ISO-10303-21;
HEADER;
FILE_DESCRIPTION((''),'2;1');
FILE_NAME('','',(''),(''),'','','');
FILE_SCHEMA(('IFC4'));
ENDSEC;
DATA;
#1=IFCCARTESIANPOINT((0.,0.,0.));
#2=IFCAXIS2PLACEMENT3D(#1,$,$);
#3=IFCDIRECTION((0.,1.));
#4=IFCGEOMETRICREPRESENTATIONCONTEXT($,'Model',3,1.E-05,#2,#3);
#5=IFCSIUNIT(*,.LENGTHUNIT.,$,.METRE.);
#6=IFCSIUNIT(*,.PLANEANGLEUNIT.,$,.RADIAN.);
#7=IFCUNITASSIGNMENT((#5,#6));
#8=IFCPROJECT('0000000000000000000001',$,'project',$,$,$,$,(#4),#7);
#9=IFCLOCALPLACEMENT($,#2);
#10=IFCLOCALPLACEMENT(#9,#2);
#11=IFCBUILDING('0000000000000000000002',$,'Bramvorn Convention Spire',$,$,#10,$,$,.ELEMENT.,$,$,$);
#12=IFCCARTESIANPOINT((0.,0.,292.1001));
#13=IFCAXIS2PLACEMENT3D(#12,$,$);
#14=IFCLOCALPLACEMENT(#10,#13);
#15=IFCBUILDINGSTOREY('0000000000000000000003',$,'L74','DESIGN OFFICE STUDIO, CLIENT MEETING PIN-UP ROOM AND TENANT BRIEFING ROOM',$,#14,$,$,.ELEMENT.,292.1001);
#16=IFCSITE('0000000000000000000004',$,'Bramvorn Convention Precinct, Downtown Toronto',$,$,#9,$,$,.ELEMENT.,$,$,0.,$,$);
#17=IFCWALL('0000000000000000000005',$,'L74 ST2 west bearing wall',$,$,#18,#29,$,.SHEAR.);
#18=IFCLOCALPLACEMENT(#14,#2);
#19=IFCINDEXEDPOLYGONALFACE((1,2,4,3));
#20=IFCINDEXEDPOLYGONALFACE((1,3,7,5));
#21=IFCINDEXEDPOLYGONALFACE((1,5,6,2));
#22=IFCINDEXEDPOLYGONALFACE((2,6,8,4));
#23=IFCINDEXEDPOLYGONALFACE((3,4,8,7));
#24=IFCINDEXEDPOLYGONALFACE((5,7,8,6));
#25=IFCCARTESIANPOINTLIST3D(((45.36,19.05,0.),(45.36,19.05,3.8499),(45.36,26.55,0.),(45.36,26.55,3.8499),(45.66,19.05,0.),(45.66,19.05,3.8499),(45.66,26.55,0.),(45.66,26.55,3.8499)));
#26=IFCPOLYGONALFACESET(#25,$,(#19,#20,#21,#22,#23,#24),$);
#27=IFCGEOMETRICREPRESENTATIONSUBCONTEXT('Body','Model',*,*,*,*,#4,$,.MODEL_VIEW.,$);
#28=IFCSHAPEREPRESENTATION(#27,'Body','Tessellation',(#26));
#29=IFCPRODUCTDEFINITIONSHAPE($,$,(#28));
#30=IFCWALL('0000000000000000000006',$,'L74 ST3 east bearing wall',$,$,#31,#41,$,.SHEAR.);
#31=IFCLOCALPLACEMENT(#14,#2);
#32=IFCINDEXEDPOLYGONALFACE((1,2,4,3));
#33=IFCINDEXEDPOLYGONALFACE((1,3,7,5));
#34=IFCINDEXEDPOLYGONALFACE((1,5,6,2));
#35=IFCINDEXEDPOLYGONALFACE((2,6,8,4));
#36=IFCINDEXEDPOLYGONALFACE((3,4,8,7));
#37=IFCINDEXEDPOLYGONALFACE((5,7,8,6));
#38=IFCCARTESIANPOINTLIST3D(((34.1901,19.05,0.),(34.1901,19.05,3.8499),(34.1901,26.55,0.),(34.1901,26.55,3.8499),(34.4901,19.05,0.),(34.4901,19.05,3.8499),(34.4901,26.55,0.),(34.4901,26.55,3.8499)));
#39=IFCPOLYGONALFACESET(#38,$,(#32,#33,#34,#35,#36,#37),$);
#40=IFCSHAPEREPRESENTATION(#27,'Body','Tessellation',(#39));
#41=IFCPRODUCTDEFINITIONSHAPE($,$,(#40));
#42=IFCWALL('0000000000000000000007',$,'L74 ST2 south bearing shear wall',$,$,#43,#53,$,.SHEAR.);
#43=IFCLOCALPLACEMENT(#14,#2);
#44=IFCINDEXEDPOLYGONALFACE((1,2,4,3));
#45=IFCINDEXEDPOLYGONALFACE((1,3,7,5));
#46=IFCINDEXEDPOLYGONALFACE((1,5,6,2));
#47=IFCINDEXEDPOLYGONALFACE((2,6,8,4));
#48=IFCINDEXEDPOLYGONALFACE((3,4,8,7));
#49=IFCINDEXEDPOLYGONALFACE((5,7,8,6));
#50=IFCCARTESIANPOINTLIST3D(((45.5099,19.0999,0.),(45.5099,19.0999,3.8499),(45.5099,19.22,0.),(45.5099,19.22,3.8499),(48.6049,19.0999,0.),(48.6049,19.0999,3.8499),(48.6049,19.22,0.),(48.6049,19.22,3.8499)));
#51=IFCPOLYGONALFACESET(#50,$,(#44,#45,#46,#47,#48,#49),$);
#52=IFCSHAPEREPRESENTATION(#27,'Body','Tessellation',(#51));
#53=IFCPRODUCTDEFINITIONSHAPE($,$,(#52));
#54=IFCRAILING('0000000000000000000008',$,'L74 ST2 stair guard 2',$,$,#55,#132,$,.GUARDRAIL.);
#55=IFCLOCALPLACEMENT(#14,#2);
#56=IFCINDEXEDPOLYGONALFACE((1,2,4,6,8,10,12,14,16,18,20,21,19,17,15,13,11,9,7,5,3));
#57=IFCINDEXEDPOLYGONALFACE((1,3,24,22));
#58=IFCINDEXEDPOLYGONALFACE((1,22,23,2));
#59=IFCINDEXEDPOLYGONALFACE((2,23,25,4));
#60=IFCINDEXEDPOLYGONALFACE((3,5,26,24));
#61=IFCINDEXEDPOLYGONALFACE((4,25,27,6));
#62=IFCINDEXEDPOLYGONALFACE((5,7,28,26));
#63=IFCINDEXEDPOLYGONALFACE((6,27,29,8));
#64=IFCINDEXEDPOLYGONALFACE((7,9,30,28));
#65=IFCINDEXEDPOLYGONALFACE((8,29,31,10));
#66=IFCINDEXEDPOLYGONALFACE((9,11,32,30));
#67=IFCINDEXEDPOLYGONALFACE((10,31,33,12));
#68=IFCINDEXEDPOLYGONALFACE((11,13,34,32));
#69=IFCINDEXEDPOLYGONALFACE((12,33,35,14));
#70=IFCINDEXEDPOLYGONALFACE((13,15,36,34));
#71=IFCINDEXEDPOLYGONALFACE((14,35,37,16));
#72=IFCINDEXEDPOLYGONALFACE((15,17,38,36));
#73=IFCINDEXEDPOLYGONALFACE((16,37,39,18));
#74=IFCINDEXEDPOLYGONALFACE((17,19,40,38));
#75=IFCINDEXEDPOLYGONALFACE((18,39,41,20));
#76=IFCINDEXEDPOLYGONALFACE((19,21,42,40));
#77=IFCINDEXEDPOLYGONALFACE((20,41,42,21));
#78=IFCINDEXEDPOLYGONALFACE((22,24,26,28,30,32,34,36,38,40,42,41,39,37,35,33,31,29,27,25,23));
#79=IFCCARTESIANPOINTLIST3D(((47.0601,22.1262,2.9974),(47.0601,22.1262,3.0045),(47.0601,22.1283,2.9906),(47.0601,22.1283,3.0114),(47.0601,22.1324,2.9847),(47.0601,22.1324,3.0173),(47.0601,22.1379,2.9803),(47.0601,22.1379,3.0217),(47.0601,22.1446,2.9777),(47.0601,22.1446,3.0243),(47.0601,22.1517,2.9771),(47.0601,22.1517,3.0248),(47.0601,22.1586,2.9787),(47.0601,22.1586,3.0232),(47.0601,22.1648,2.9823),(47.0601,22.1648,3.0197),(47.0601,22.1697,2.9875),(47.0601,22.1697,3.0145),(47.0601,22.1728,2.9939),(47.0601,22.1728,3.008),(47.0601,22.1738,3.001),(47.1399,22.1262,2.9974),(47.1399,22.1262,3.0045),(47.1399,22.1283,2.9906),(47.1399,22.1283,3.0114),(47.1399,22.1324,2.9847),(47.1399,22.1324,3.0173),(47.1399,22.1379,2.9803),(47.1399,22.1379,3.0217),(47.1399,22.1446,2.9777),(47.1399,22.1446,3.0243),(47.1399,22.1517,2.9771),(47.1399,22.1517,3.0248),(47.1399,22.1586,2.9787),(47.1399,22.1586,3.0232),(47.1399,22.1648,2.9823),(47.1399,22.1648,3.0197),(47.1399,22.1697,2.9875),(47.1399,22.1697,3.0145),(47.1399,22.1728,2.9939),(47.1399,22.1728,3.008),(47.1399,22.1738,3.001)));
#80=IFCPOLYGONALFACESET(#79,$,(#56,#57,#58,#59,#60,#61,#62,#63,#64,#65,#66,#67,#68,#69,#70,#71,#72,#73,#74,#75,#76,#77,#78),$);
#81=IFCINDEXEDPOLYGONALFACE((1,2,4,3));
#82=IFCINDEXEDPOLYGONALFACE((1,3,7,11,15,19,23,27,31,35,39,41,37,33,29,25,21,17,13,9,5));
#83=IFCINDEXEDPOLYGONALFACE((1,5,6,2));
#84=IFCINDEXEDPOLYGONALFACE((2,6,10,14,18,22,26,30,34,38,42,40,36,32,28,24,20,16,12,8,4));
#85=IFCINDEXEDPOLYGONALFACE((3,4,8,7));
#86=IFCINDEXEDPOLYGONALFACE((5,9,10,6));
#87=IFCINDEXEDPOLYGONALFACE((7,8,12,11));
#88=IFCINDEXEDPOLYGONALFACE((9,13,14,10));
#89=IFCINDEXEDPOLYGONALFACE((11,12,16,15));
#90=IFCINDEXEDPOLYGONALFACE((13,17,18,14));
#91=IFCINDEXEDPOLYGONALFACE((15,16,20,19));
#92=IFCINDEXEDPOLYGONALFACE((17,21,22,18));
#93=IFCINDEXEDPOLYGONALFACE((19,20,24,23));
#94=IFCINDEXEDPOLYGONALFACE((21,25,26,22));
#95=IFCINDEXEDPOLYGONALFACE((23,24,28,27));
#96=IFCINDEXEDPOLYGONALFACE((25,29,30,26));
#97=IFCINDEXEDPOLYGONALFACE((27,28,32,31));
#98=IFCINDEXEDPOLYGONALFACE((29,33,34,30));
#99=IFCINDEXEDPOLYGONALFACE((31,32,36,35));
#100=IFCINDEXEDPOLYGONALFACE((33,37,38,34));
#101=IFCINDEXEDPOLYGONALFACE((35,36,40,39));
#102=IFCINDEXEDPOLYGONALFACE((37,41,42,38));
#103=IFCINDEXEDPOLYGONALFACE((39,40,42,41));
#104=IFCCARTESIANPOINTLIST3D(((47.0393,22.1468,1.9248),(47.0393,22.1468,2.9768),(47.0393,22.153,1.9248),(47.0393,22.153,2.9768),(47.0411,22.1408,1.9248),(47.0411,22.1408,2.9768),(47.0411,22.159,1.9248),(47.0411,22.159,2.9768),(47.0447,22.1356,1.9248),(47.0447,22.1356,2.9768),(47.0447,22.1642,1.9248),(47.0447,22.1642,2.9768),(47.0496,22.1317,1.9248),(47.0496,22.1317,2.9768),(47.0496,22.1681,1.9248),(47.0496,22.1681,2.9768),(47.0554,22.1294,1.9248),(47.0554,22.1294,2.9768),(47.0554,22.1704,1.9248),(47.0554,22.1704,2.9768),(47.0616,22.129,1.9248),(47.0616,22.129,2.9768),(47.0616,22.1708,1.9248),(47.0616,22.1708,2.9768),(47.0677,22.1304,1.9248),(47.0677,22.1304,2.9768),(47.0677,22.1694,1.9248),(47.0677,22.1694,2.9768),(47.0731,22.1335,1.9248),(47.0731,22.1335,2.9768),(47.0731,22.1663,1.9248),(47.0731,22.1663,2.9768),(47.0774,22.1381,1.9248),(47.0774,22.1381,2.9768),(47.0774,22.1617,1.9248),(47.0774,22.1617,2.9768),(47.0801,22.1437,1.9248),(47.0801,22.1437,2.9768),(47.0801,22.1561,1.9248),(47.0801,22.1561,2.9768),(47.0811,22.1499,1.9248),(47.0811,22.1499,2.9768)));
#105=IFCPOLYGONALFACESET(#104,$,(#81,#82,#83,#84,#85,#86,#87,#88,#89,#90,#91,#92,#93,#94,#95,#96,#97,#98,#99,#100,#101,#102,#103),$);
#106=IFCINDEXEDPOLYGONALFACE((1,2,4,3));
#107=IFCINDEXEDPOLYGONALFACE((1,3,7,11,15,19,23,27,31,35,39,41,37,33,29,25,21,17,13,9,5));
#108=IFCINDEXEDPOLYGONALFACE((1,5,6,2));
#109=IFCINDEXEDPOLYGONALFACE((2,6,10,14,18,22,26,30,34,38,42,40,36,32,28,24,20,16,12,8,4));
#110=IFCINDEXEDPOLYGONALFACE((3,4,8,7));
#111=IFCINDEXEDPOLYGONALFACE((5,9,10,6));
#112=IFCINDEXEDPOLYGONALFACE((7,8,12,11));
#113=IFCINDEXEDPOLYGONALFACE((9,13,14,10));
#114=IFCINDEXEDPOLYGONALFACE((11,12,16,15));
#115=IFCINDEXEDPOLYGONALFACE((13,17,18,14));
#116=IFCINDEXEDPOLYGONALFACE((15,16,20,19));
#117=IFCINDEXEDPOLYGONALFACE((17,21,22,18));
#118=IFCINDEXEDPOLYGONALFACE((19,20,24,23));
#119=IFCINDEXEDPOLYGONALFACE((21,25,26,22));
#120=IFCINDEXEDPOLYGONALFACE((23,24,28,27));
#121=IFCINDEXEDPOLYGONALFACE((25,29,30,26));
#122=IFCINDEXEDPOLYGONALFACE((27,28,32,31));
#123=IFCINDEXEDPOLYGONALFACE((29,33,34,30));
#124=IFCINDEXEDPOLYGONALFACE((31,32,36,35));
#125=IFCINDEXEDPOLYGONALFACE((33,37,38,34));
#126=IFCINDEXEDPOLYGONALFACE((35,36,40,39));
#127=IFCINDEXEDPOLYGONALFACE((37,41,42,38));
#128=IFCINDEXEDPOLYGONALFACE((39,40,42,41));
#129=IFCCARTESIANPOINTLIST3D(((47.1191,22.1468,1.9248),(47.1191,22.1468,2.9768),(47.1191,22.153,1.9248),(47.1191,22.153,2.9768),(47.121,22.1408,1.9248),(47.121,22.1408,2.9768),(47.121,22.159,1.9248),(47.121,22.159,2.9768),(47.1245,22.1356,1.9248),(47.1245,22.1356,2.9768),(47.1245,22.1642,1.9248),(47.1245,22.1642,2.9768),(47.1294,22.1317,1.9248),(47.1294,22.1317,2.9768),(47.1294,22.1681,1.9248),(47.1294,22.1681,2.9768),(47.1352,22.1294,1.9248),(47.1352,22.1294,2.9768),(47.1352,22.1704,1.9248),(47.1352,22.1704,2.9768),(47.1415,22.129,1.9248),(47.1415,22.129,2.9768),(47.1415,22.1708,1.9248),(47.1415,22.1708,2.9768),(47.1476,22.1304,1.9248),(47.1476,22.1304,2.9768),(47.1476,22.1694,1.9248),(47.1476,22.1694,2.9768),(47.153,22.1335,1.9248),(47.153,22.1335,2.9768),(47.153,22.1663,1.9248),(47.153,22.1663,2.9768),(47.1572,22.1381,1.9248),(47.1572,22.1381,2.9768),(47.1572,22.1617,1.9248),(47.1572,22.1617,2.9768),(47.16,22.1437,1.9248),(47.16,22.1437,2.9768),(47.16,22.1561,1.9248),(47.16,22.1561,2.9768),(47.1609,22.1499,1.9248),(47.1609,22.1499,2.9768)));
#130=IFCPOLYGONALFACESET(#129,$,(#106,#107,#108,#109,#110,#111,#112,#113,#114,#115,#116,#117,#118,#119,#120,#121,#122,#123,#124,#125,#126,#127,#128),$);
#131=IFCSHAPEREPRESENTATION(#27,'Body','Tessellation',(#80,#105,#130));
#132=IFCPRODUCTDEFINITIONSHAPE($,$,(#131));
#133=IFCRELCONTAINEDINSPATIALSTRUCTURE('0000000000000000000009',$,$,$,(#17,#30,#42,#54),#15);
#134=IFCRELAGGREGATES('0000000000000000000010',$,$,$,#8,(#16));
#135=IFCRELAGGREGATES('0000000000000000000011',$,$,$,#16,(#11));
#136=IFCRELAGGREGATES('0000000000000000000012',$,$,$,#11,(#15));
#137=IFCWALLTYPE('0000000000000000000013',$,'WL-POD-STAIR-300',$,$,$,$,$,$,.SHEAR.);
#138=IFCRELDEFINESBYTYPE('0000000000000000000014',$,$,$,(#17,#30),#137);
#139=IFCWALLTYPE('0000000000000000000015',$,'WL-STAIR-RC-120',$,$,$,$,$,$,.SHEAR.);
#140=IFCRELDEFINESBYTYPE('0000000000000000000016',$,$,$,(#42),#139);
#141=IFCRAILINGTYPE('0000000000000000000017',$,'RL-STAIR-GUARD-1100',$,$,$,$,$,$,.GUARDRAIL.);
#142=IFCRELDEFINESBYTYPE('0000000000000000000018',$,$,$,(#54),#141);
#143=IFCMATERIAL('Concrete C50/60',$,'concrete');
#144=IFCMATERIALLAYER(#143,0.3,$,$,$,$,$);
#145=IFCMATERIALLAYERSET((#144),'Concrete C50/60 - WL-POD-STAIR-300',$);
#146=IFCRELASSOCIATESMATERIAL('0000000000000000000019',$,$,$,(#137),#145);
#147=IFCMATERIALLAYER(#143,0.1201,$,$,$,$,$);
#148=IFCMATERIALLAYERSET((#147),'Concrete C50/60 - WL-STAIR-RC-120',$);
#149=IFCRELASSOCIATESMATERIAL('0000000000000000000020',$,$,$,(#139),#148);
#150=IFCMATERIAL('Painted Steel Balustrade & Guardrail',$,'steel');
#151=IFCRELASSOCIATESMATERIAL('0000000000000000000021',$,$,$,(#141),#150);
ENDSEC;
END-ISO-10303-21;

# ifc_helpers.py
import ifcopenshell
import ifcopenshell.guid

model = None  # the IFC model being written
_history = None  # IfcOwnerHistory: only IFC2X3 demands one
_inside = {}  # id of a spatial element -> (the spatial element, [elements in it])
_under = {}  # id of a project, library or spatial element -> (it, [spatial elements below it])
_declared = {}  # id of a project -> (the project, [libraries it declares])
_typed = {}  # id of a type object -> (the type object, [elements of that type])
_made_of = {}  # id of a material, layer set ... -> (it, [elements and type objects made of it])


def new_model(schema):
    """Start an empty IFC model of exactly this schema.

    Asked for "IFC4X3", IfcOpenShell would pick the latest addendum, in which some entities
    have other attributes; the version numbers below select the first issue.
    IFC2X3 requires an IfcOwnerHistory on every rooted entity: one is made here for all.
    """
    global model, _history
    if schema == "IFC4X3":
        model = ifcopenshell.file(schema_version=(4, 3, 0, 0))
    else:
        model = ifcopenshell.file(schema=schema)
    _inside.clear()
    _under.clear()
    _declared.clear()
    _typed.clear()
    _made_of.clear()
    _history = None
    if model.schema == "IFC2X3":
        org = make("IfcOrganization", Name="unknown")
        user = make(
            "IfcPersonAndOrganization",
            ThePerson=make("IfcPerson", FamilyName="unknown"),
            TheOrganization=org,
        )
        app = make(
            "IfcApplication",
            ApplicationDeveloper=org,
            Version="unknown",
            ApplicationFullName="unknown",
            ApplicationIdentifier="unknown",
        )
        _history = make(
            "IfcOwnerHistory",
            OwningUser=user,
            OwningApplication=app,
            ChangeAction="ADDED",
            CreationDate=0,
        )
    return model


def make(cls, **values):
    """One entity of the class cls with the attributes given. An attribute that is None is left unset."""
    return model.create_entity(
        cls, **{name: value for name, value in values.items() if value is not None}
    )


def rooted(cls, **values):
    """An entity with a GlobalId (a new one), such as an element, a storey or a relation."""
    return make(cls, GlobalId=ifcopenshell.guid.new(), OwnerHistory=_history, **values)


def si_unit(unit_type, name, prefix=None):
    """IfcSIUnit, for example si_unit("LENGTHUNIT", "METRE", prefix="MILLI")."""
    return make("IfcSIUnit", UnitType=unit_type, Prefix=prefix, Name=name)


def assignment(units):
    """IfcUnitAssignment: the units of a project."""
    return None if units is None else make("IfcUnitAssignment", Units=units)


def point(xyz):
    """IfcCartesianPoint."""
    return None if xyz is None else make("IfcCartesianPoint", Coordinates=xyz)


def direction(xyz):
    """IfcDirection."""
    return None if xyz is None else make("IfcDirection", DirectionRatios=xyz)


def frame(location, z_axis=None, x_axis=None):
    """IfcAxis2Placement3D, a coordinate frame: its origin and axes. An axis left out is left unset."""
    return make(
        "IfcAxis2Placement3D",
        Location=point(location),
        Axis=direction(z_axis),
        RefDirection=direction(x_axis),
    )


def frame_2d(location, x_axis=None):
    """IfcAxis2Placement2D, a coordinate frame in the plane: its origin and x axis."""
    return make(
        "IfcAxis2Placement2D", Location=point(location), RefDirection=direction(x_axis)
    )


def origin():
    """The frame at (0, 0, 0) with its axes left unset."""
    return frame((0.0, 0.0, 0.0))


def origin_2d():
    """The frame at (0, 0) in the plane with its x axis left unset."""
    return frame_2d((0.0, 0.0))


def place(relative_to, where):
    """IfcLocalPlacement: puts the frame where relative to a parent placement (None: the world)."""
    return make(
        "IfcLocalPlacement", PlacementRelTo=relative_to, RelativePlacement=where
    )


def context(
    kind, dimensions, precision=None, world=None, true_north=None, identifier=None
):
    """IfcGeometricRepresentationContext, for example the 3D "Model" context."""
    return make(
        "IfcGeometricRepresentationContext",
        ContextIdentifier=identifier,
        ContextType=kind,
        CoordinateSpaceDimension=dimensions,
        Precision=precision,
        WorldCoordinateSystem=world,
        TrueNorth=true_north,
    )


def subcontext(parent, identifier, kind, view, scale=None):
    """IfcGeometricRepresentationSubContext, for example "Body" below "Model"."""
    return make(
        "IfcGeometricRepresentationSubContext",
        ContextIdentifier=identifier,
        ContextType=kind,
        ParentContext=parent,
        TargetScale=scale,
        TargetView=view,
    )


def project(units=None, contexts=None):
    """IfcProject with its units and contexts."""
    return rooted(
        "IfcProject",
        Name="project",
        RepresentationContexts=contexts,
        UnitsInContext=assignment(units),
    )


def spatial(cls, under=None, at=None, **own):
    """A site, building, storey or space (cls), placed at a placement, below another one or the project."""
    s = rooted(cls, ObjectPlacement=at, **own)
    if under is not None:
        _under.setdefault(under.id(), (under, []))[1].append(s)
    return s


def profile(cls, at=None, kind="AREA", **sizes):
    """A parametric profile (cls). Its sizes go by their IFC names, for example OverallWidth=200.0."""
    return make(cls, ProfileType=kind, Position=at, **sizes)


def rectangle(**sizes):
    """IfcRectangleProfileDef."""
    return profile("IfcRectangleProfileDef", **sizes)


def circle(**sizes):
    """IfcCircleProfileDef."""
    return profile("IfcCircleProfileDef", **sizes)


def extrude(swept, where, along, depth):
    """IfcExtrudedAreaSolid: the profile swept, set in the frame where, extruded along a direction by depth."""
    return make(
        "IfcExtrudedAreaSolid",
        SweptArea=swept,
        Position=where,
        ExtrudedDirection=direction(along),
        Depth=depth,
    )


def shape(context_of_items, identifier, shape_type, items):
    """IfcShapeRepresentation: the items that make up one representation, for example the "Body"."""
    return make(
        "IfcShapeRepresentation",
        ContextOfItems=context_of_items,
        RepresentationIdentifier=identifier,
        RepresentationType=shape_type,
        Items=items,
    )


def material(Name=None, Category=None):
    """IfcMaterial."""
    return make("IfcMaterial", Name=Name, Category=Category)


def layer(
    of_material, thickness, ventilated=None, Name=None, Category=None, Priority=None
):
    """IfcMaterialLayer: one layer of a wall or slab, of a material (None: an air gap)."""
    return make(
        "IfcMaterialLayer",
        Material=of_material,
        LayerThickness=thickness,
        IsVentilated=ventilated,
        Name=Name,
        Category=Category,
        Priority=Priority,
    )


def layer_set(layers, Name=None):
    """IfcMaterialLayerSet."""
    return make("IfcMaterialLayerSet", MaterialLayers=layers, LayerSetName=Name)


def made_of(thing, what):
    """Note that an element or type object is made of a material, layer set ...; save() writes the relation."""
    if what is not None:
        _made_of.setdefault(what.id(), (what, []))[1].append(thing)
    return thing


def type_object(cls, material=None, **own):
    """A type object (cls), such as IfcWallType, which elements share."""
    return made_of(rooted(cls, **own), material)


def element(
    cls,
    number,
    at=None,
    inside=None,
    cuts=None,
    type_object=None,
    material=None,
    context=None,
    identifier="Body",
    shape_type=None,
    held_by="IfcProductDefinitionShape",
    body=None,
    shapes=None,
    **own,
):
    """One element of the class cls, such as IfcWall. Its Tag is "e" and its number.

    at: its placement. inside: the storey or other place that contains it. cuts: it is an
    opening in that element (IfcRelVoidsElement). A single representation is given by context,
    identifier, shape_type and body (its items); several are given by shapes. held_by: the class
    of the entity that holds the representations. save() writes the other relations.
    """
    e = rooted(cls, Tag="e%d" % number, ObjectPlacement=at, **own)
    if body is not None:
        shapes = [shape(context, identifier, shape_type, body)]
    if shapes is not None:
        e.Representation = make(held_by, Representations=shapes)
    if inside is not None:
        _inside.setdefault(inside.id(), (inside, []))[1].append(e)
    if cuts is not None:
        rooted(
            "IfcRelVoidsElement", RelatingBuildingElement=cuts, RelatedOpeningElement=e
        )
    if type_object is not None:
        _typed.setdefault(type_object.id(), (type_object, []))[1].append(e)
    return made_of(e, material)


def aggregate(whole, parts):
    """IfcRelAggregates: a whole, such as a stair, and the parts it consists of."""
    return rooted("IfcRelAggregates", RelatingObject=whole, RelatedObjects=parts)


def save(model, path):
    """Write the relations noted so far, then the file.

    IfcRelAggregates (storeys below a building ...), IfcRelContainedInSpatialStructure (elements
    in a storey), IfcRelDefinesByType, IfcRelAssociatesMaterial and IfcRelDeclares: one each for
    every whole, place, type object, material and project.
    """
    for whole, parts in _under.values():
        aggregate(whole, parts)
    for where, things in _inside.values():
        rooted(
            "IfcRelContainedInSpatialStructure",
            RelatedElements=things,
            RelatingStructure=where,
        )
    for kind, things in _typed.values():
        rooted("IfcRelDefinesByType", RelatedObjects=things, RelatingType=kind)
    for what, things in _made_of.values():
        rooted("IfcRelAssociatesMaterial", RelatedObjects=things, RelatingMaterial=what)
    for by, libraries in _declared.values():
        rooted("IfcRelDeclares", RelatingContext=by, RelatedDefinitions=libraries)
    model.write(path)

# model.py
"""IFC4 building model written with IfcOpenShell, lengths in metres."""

from ifc_helpers import new_model, si_unit, direction, frame, frame_2d, origin, origin_2d, place, context, subcontext, project, spatial, rectangle, circle, extrude, material, layer, layer_set, type_object, element, save


model = new_model("IFC4")

# Units and contexts
model_context = context("Model", 3, precision=1e-05, world=origin(), true_north=direction((0.0, 1.0)))
body_context = subcontext(model_context, "Body", "Model", "MODEL_VIEW")
ifc_project = project(units=[si_unit("LENGTHUNIT", "METRE"), si_unit("PLANEANGLEUNIT", "RADIAN")], contexts=[model_context])

# Site, building, storey
site_placement = place(None, origin())
site = spatial("IfcSite", under=ifc_project, at=site_placement, Name="Bramvorn Convention Precinct, Downtown Toronto", CompositionType="ELEMENT", RefElevation=0.0)
building_placement = place(site_placement, origin())
building = spatial("IfcBuilding", under=site, at=building_placement, Name="Bramvorn Convention Spire", CompositionType="ELEMENT")
storey_placement = place(building_placement, frame((0.0, 0.0, 292.1001)))
storey = spatial("IfcBuildingStorey", under=building, at=storey_placement, Name="L74", Description="DESIGN OFFICE STUDIO, CLIENT MEETING PIN-UP ROOM AND TENANT BRIEFING ROOM", CompositionType="ELEMENT", Elevation=292.1001)

# Shared definitions
ifc_material_1 = material(Name="Concrete C50/60", Category="concrete")

# Walls
ifc_layer_1 = layer(ifc_material_1, 0.3)
ifc_layer_set_1 = layer_set([ifc_layer_1], Name="Concrete C50/60 - WL-POD-STAIR-300")
wall_type_1 = type_object("IfcWallType", Name="WL-POD-STAIR-300", PredefinedType="SHEAR", material=ifc_layer_set_1)
for number, where, z_axis, x_axis, name in (
    (1, (45.51, 19.05, 0.0), (0.0, 0.0, 1.0), (0.0, 1.0, 0.0), "L74 ST2 west bearing wall"),
    (2, (34.3401, 19.05, 0.0), (0.0, 0.0, 1.0), (0.0, 1.0, 0.0), "L74 ST3 east bearing wall"),
):
    element("IfcWall", number, at=place(storey_placement, frame(where, z_axis=z_axis, x_axis=x_axis)), inside=storey, type_object=wall_type_1, Name=name, PredefinedType="SHEAR", context=body_context, shape_type="SweptSolid", body=[
        extrude(rectangle(XDim=7.5, YDim=0.3, at=frame_2d((3.75, 0.0))), origin(), (0.0, 0.0, 1.0), 3.8499),
    ])
ifc_layer_2 = layer(ifc_material_1, 0.1201)
ifc_layer_set_2 = layer_set([ifc_layer_2], Name="Concrete C50/60 - WL-STAIR-RC-120")
wall_type_2 = type_object("IfcWallType", Name="WL-STAIR-RC-120", PredefinedType="SHEAR", material=ifc_layer_set_2)
wall_1_placement = place(storey_placement, frame((45.51, 19.1599, 0.0), z_axis=(0.0, 0.0, 1.0), x_axis=(1.0, 0.0, 0.0)))
element("IfcWall", 3, at=wall_1_placement, inside=storey, type_object=wall_type_2, Name="L74 ST2 south bearing shear wall", PredefinedType="SHEAR", context=body_context, shape_type="SweptSolid", body=[
    extrude(rectangle(XDim=3.095, YDim=0.1201, at=frame_2d((1.5474, 0.0))), origin(), (0.0, 0.0, 1.0), 3.8499),
])

# Railing
ifc_material_2 = material(Name="Painted Steel Balustrade & Guardrail", Category="steel")
railing_type = type_object("IfcRailingType", Name="RL-STAIR-GUARD-1100", PredefinedType="GUARDRAIL", material=ifc_material_2)
railing_1_placement = place(storey_placement, frame((47.0601, 22.1499, 1.9248)))
element("IfcRailing", 4, at=railing_1_placement, inside=storey, type_object=railing_type, Name="L74 ST2 stair guard 2", PredefinedType="GUARDRAIL", context=body_context, shape_type="SweptSolid", body=[
    extrude(circle(Radius=0.0239, at=origin_2d()), frame((0.0, 0.0, 1.0762), z_axis=(1.0, 0.0, 0.0), x_axis=(0.0, 1.0, 0.0)), (0.0, 0.0, 1.0), 0.0798),
    extrude(circle(Radius=0.021, at=origin_2d()), origin(), (0.0, 0.0, 1.0), 1.052),
    extrude(circle(Radius=0.021, at=origin_2d()), frame((0.0798, 0.0, 0.0)), (0.0, 0.0, 1.0), 1.052),
])

save(model, "model.ifc")
